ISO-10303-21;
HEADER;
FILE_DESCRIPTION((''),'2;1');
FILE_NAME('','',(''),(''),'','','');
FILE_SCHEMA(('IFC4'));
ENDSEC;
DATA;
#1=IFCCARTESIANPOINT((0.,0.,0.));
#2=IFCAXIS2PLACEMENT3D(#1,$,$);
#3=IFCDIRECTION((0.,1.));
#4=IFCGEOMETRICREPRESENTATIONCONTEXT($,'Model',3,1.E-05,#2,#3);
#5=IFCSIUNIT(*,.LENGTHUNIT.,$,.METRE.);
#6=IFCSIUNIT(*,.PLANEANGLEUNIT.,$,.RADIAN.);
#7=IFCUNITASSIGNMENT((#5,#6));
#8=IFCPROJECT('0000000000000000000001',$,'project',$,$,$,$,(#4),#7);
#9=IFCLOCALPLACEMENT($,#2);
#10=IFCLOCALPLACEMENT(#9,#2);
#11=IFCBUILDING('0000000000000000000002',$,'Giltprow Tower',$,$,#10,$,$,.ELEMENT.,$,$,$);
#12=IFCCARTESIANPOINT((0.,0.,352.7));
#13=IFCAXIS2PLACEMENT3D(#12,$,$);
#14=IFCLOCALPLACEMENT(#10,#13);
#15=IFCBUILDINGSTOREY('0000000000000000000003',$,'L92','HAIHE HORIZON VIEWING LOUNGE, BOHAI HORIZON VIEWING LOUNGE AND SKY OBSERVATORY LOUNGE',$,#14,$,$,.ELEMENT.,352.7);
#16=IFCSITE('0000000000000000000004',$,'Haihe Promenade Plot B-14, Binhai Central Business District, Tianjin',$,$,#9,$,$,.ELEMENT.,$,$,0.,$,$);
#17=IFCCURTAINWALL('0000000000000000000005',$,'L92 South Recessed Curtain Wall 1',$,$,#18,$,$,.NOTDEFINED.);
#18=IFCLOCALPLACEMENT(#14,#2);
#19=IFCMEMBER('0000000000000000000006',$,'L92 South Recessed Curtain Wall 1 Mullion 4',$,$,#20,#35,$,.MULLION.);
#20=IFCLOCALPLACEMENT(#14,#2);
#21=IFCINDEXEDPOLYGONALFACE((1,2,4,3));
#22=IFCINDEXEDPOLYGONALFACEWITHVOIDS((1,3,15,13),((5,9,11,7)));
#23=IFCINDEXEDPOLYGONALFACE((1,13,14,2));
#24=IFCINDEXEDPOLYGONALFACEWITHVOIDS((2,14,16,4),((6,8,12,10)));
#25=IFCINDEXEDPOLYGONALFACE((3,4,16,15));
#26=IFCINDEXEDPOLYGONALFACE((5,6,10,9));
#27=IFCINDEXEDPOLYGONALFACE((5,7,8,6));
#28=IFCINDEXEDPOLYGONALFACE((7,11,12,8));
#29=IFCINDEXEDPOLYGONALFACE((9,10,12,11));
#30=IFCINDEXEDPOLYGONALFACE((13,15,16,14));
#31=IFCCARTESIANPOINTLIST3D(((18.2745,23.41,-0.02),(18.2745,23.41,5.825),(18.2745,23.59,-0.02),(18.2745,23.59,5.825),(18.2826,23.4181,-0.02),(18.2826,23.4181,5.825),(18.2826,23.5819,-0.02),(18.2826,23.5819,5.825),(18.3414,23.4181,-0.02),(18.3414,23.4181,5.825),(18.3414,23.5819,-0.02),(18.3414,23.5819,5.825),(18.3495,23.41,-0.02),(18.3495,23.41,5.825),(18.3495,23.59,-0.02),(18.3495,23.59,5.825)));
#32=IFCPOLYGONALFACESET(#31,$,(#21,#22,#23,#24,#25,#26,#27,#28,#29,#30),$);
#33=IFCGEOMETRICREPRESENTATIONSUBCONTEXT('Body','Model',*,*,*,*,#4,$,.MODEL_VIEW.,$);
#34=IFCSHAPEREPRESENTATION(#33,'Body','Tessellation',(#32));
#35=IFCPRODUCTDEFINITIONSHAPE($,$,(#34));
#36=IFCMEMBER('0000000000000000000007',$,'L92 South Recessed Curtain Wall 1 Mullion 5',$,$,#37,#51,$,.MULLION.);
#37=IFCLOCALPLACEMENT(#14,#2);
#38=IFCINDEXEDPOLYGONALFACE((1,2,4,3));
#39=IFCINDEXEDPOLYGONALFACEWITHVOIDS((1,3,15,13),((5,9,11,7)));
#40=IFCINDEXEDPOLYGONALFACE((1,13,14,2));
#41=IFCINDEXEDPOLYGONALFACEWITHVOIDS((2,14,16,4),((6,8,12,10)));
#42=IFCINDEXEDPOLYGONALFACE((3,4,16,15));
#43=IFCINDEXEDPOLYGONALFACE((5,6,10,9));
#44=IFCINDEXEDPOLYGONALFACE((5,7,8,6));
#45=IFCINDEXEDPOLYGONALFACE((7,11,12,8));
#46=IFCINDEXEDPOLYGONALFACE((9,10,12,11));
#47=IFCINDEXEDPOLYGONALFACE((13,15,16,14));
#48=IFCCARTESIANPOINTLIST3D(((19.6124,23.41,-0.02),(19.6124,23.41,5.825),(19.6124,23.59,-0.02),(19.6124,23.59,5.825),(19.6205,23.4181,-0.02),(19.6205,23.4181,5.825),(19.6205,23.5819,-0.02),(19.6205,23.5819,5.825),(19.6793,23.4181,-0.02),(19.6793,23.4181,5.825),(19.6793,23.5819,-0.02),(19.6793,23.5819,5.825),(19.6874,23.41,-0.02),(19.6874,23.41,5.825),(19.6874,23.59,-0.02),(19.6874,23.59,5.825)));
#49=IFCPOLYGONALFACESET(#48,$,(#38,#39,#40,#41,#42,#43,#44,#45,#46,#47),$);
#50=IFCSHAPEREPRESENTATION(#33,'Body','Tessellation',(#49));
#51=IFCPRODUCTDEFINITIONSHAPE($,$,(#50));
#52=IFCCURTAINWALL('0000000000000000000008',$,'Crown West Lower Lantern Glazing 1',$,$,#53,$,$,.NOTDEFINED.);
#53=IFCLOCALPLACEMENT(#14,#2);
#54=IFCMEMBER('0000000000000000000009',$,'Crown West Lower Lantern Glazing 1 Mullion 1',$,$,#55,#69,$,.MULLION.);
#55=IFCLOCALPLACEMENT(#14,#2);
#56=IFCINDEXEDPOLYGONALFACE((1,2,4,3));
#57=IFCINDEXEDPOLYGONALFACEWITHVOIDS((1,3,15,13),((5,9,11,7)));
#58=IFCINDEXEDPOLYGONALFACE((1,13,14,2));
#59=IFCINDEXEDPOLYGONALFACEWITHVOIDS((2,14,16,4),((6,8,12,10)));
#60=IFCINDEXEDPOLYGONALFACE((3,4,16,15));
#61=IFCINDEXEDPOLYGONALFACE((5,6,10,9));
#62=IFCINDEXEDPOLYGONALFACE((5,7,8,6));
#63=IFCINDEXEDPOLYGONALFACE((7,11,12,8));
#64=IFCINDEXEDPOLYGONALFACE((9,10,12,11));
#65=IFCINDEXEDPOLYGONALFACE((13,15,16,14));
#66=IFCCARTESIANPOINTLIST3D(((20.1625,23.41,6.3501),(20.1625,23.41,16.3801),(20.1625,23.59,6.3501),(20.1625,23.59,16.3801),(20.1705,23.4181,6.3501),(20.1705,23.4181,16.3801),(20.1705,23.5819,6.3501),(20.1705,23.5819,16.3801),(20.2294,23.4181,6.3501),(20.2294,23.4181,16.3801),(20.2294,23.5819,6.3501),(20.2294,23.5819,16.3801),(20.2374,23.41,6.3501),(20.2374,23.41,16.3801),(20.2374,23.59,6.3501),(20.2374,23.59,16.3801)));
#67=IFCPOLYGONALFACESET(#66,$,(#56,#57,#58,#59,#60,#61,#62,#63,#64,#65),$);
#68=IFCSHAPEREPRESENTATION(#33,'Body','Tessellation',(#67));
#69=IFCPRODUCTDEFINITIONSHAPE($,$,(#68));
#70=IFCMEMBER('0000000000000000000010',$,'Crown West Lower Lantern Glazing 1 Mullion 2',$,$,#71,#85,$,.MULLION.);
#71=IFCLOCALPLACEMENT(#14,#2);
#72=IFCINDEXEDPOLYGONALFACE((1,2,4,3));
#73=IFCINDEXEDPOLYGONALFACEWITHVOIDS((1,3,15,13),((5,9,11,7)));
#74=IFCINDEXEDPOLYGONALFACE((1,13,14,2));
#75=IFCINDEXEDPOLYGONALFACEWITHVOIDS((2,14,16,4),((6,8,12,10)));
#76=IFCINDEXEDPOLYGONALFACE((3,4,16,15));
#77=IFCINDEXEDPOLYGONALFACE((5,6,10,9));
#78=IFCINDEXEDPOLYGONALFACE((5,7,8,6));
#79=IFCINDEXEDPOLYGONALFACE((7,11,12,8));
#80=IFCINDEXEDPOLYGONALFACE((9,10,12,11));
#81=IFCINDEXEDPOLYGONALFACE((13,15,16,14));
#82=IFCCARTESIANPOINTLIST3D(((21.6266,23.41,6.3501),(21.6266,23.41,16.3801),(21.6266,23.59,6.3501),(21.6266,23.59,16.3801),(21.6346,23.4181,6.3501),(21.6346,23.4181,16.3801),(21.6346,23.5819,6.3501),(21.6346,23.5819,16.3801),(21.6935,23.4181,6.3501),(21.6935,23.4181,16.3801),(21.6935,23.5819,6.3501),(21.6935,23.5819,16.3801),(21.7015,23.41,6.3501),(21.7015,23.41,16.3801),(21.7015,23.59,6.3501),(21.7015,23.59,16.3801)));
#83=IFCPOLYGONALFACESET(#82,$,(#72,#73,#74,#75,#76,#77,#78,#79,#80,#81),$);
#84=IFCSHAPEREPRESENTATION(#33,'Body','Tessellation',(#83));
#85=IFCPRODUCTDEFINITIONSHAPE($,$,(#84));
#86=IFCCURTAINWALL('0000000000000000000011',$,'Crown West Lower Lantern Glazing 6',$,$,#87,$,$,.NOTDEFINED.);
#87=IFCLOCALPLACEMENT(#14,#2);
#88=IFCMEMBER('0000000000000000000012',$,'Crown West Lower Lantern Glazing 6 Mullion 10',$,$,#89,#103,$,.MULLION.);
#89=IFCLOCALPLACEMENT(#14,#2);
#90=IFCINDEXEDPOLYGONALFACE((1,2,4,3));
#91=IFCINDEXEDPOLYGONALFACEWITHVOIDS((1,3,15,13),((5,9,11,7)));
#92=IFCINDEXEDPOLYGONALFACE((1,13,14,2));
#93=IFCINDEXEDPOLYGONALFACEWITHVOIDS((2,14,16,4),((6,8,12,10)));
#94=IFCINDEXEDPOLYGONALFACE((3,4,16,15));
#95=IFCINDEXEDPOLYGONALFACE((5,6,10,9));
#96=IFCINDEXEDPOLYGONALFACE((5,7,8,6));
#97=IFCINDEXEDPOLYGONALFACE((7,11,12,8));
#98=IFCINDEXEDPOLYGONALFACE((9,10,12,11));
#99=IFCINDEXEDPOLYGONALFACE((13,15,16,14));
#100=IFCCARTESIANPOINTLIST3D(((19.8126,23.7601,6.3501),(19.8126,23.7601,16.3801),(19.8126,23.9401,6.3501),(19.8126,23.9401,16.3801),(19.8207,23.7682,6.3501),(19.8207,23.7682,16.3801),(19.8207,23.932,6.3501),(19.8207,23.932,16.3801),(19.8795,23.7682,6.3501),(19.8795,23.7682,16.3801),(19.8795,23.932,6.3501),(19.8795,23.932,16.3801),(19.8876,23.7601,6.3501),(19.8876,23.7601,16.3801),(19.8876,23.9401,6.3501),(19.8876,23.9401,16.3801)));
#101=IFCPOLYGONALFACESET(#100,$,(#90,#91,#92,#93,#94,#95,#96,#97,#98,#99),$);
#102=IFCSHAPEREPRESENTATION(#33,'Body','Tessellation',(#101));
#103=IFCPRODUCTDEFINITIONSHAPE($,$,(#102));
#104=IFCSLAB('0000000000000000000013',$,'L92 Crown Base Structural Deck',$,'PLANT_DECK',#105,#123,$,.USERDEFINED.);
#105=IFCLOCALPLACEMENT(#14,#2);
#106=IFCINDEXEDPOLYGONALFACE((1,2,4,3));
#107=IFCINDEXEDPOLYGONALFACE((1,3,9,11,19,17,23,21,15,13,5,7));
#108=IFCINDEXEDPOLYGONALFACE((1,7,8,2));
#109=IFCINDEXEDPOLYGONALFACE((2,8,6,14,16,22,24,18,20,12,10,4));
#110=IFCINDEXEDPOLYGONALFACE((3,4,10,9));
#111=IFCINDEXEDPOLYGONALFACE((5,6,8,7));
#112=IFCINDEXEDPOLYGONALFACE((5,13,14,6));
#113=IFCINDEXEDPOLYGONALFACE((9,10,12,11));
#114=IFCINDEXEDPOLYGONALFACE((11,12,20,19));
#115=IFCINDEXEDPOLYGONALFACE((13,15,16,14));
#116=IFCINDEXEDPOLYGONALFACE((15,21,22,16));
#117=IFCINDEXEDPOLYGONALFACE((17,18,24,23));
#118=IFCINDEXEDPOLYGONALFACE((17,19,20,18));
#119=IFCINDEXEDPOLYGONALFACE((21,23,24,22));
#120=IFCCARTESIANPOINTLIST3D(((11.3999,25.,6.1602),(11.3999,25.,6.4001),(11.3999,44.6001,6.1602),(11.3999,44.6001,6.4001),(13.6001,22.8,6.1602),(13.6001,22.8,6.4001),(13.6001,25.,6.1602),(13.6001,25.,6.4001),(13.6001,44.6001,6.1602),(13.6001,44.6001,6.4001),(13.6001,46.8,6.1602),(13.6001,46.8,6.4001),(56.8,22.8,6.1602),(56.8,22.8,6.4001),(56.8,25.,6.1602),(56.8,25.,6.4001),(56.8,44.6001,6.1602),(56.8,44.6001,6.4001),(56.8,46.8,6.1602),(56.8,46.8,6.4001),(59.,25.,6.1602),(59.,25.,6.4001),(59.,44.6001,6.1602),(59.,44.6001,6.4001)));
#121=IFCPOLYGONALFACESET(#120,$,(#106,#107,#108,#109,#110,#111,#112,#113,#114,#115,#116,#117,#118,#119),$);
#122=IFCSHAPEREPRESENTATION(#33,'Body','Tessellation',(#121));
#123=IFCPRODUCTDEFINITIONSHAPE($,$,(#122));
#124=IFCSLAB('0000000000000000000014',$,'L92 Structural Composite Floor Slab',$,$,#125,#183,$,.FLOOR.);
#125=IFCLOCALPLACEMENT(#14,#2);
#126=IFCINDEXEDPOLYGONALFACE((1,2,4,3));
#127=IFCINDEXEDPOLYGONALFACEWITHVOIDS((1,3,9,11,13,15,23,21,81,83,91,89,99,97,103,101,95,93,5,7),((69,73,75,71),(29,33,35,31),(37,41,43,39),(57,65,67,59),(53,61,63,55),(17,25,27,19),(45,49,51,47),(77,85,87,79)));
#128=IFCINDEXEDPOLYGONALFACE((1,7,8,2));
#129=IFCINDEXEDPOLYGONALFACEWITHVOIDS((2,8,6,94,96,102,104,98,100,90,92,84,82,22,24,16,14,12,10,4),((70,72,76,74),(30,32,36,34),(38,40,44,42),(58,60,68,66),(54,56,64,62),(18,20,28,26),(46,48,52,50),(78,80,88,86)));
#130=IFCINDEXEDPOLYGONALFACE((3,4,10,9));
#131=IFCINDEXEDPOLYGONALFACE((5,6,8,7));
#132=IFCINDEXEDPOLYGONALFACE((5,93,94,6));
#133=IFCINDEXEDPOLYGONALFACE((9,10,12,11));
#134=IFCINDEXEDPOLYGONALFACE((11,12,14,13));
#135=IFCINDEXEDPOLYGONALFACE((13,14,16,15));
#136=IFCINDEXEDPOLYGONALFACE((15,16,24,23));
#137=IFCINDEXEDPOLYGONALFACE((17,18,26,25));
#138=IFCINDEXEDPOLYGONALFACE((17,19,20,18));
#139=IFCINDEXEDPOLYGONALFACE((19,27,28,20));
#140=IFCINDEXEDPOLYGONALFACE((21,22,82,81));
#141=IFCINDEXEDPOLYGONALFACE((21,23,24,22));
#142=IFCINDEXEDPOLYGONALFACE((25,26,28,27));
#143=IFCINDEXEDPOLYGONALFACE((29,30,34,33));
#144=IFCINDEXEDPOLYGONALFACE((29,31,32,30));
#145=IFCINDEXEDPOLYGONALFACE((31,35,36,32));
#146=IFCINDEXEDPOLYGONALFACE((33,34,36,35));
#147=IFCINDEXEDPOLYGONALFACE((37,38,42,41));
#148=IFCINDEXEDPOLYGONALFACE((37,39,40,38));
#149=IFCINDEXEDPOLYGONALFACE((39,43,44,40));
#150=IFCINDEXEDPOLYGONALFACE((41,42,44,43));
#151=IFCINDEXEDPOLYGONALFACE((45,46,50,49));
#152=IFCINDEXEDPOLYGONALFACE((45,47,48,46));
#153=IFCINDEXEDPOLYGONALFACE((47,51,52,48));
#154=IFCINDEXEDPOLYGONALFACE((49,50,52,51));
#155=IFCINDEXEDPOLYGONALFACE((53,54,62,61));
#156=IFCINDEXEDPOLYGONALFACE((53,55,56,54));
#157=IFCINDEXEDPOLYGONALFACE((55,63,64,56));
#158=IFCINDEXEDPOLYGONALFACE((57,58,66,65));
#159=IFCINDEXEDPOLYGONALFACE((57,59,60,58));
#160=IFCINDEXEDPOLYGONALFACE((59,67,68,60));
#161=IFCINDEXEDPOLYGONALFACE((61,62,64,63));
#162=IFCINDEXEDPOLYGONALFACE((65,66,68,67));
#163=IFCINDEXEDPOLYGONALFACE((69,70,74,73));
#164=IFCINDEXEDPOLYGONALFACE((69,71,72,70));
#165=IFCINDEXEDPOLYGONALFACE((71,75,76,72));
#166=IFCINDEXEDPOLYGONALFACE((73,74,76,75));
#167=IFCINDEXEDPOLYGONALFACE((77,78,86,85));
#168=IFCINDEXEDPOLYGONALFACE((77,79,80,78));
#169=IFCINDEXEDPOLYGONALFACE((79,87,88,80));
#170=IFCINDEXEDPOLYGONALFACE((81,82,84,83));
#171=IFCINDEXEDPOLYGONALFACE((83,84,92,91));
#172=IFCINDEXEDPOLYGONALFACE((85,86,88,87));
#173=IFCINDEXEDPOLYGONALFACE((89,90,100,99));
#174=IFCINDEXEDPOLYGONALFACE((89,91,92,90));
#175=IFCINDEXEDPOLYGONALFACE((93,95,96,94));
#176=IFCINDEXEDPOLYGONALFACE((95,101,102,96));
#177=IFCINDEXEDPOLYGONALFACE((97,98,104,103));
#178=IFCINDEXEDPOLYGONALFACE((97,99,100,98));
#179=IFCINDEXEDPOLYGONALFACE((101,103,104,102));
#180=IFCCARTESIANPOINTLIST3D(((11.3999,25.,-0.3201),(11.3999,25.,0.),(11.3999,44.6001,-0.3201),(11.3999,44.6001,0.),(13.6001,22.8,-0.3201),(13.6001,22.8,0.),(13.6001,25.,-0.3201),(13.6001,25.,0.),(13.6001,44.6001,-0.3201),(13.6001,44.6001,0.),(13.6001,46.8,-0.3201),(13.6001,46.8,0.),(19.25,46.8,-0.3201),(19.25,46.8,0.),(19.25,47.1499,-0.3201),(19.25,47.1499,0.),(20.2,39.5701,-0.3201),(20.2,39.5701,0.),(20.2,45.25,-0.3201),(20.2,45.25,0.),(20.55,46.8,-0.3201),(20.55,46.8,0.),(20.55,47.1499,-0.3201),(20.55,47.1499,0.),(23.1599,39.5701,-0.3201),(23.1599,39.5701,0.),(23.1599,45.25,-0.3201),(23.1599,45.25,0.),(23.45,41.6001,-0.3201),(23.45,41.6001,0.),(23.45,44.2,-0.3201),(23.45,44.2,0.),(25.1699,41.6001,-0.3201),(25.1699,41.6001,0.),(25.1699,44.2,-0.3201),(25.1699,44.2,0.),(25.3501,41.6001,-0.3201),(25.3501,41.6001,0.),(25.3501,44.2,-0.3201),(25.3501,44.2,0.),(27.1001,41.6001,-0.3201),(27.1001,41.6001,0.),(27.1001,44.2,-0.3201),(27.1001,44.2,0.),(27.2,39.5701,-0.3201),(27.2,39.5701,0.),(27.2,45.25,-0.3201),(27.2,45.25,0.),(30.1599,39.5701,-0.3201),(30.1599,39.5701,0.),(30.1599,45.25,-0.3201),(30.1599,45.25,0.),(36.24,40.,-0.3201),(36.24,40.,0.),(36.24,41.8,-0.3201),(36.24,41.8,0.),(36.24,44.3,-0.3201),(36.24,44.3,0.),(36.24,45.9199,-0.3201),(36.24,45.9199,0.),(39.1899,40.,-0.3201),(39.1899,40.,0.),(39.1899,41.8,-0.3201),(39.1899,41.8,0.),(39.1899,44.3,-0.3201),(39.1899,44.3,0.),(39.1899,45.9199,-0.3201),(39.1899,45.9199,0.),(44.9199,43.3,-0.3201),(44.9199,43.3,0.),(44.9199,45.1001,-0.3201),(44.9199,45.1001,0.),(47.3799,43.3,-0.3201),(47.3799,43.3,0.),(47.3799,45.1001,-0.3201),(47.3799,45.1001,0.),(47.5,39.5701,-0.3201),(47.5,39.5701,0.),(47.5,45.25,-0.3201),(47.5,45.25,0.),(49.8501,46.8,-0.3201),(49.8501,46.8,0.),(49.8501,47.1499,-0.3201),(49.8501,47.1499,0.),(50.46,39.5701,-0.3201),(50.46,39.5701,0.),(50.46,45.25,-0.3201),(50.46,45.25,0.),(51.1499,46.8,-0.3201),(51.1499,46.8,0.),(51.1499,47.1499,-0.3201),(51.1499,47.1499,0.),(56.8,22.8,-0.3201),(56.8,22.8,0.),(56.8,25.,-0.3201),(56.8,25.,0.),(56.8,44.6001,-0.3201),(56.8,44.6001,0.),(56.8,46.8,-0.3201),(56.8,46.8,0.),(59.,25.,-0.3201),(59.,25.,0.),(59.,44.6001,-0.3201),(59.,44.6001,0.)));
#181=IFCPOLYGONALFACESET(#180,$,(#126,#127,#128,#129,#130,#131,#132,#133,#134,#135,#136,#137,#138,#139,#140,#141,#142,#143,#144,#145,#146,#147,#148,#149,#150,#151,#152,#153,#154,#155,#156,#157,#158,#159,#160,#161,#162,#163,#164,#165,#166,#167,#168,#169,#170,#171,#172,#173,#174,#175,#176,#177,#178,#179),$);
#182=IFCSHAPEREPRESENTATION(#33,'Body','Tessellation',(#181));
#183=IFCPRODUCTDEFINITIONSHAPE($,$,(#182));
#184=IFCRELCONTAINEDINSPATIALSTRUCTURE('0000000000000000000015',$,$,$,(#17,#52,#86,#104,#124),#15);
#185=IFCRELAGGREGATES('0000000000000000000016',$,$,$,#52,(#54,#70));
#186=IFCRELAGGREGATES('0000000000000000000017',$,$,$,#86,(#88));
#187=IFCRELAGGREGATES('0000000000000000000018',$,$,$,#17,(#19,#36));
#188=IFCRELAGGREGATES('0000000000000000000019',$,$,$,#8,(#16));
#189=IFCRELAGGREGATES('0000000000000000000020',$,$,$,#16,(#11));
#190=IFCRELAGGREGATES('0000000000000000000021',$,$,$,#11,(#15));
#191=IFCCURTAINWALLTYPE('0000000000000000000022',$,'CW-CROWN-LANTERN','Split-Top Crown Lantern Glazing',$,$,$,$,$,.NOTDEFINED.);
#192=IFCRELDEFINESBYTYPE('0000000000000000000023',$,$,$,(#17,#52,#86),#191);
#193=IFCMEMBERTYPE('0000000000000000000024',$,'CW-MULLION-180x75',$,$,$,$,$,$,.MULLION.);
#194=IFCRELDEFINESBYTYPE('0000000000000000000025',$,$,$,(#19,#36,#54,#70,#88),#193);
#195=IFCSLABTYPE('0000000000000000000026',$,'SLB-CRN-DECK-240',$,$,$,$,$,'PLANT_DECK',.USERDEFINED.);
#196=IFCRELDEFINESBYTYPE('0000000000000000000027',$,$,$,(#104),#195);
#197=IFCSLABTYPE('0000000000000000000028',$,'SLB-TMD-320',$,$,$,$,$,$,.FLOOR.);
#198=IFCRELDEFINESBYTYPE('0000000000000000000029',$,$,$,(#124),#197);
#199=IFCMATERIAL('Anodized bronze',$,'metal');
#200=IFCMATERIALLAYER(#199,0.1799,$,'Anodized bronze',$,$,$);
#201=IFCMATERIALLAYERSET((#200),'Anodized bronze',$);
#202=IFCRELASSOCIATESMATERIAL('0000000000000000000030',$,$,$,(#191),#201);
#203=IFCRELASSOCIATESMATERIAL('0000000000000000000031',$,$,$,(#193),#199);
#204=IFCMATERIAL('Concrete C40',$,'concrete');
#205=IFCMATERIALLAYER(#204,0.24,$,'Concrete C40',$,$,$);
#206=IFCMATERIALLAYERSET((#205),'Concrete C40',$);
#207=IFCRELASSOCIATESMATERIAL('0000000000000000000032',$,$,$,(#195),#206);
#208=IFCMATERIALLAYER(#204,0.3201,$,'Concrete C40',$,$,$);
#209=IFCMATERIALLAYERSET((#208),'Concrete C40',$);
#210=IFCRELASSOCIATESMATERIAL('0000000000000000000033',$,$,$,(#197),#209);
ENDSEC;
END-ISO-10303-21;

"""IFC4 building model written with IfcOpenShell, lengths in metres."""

from ifc_helpers import new_model, si_unit, direction, frame, origin, origin_2d, place, context, subcontext, project, spatial, polyline, hollow_rectangle, outline, extrude, source, transform, mapped, material, layer, layer_set, material_profile, profile_set, type_object, element, aggregate, save


model = new_model("IFC4")

# Units and contexts
model_context = context("Model", 3, precision=1e-05, world=origin(), true_north=direction((0.0, 1.0)))
body_context = subcontext(model_context, "Body", "Model", "MODEL_VIEW")
ifc_project = project(units=[si_unit("LENGTHUNIT", "METRE"), si_unit("PLANEANGLEUNIT", "RADIAN")], contexts=[model_context])

# Site, building, storey
site_placement = place(None, origin())
site = spatial("IfcSite", under=ifc_project, at=site_placement, Name="Haihe Promenade Plot B-14, Binhai Central Business District, Tianjin", CompositionType="ELEMENT", RefElevation=0.0)
building_placement = place(site_placement, origin())
building = spatial("IfcBuilding", under=site, at=building_placement, Name="Giltprow Tower", CompositionType="ELEMENT")
storey_placement = place(building_placement, frame((0.0, 0.0, 352.7)))
storey = spatial("IfcBuildingStorey", under=building, at=storey_placement, Name="L92", Description="HAIHE HORIZON VIEWING LOUNGE, BOHAI HORIZON VIEWING LOUNGE AND SKY OBSERVATORY LOUNGE", CompositionType="ELEMENT", Elevation=352.7)

# Curtain walls, members
ifc_material_1 = material(Name="Anodized bronze", Category="metal")
ifc_layer_1 = layer(ifc_material_1, 0.1799, Name="Anodized bronze")
ifc_layer_set_1 = layer_set([ifc_layer_1], Name="Anodized bronze")
curtain_wall_type = type_object("IfcCurtainWallType", Name="CW-CROWN-LANTERN", Description="Split-Top Crown Lantern Glazing", PredefinedType="NOTDEFINED", material=ifc_layer_set_1)
curtain_wall_1_placement = place(storey_placement, origin())
curtain_wall_1 = element("IfcCurtainWall", 1, at=curtain_wall_1_placement, inside=storey, type_object=curtain_wall_type, Name="L92 South Recessed Curtain Wall 1", PredefinedType="NOTDEFINED")
ifc_material_profile_1 = material_profile(ifc_material_1, hollow_rectangle(XDim=0.075, YDim=0.1799, WallThickness=0.0081, at=origin_2d()), Name="RHS 180x75x8")
ifc_profile_set_1 = profile_set([ifc_material_profile_1], Name="Anodized bronze")
member_type_1 = type_object("IfcMemberType", Name="CW-MULLION-180x75", PredefinedType="MULLION", material=ifc_profile_set_1)
shared_shape_1 = source(origin(), body_context, "Body", "SweptSolid", [
    extrude(hollow_rectangle(XDim=0.075, YDim=0.1799, WallThickness=0.0081, at=origin_2d()), origin(), (0.0, 0.0, 1.0), 5.845),
])
member_1_placement = place(storey_placement, frame((18.312, 23.5, -0.02), z_axis=(0.0, 0.0, 1.0), x_axis=(1.0, 0.0, 0.0)))
member_1 = element("IfcMember", 2, at=member_1_placement, type_object=member_type_1, Name="L92 South Recessed Curtain Wall 1 Mullion 4", PredefinedType="MULLION", context=body_context, shape_type="MappedRepresentation", body=[
    mapped(shared_shape_1, transform((0.0, 0.0, 0.0), x_axis=(1.0, 0.0, 0.0), y_axis=(0.0, 1.0, 0.0), z_axis=(0.0, 0.0, 1.0), scale=1.0)),
])
member_2_placement = place(storey_placement, frame((19.6499, 23.5, -0.02), z_axis=(0.0, 0.0, 1.0), x_axis=(1.0, 0.0, 0.0)))
member_2 = element("IfcMember", 3, at=member_2_placement, type_object=member_type_1, Name="L92 South Recessed Curtain Wall 1 Mullion 5", PredefinedType="MULLION", context=body_context, shape_type="MappedRepresentation", body=[
    mapped(shared_shape_1, transform((0.0, 0.0, 0.0), x_axis=(1.0, 0.0, 0.0), y_axis=(0.0, 1.0, 0.0), z_axis=(0.0, 0.0, 1.0), scale=1.0)),
])
curtain_wall_2_placement = place(storey_placement, origin())
curtain_wall_2 = element("IfcCurtainWall", 4, at=curtain_wall_2_placement, inside=storey, type_object=curtain_wall_type, Name="Crown West Lower Lantern Glazing 1", PredefinedType="NOTDEFINED")
shared_shape_2 = source(origin(), body_context, "Body", "SweptSolid", [
    extrude(hollow_rectangle(XDim=0.075, YDim=0.1799, WallThickness=0.0081, at=origin_2d()), origin(), (0.0, 0.0, 1.0), 10.03),
])
member_3_placement = place(storey_placement, frame((20.2, 23.5, 6.3501), z_axis=(0.0, 0.0, 1.0), x_axis=(1.0, 0.0, 0.0)))
member_3 = element("IfcMember", 5, at=member_3_placement, type_object=member_type_1, Name="Crown West Lower Lantern Glazing 1 Mullion 1", PredefinedType="MULLION", context=body_context, shape_type="MappedRepresentation", body=[
    mapped(shared_shape_2, transform((0.0, 0.0, 0.0), x_axis=(1.0, 0.0, 0.0), y_axis=(0.0, 1.0, 0.0), z_axis=(0.0, 0.0, 1.0), scale=1.0)),
])
member_4_placement = place(storey_placement, frame((21.6641, 23.5, 6.3501), z_axis=(0.0, 0.0, 1.0), x_axis=(1.0, 0.0, 0.0)))
member_4 = element("IfcMember", 6, at=member_4_placement, type_object=member_type_1, Name="Crown West Lower Lantern Glazing 1 Mullion 2", PredefinedType="MULLION", context=body_context, shape_type="MappedRepresentation", body=[
    mapped(shared_shape_2, transform((0.0, 0.0, 0.0), x_axis=(1.0, 0.0, 0.0), y_axis=(0.0, 1.0, 0.0), z_axis=(0.0, 0.0, 1.0), scale=1.0)),
])
aggregate(curtain_wall_2, [member_3, member_4])

# Curtain wall, member
curtain_wall_3_placement = place(storey_placement, origin())
curtain_wall_3 = element("IfcCurtainWall", 7, at=curtain_wall_3_placement, inside=storey, type_object=curtain_wall_type, Name="Crown West Lower Lantern Glazing 6", PredefinedType="NOTDEFINED")
member_5_placement = place(storey_placement, frame((19.8501, 23.8501, 6.3501), z_axis=(0.0, 0.0, 1.0), x_axis=(1.0, 0.0, 0.0)))
member_5 = element("IfcMember", 8, at=member_5_placement, type_object=member_type_1, Name="Crown West Lower Lantern Glazing 6 Mullion 10", PredefinedType="MULLION", context=body_context, shape_type="MappedRepresentation", body=[
    mapped(shared_shape_2, transform((0.0, 0.0, 0.0), x_axis=(1.0, 0.0, 0.0), y_axis=(0.0, 1.0, 0.0), z_axis=(0.0, 0.0, 1.0), scale=1.0)),
])
aggregate(curtain_wall_3, [member_5])

# Slabs
ifc_material_2 = material(Name="Concrete C40", Category="concrete")
ifc_layer_2 = layer(ifc_material_2, 0.24, Name="Concrete C40")
ifc_layer_set_2 = layer_set([ifc_layer_2], Name="Concrete C40")
slab_type_1 = type_object("IfcSlabType", Name="SLB-CRN-DECK-240", ElementType="PLANT_DECK", PredefinedType="USERDEFINED", material=ifc_layer_set_2)
slab_1_placement = place(storey_placement, frame((0.0, 0.0, 6.1602)))
element("IfcSlab", 9, at=slab_1_placement, inside=storey, type_object=slab_type_1, Name="L92 Crown Base Structural Deck", ObjectType="PLANT_DECK", PredefinedType="USERDEFINED", context=body_context, shape_type="SweptSolid", body=[
    extrude(outline(polyline([(13.6001, 22.8), (56.8, 22.8), (56.8, 25.0), (59.0, 25.0), (59.0, 44.6001), (56.8, 44.6001), (56.8, 46.8), (13.6001, 46.8), (13.6001, 44.6001), (11.3999, 44.6001), (11.3999, 25.0), (13.6001, 25.0), (13.6001, 22.8)])), origin(), (0.0, 0.0, 1.0), 0.24),
])
ifc_layer_3 = layer(ifc_material_2, 0.3201, Name="Concrete C40")
ifc_layer_set_3 = layer_set([ifc_layer_3], Name="Concrete C40")
slab_type_2 = type_object("IfcSlabType", Name="SLB-TMD-320", PredefinedType="FLOOR", material=ifc_layer_set_3)
slab_2_placement = place(storey_placement, frame((0.0, 0.0, -0.3201)))
element("IfcSlab", 10, at=slab_2_placement, inside=storey, type_object=slab_type_2, Name="L92 Structural Composite Floor Slab", PredefinedType="FLOOR", context=body_context, shape_type="SweptSolid", body=[
    extrude(outline(polyline([(59.0, 44.6001), (59.0, 25.0), (56.8, 25.0), (56.8, 22.8), (13.6001, 22.8), (13.6001, 25.0), (11.3999, 25.0), (11.3999, 44.6001), (13.6001, 44.6001), (13.6001, 46.8), (19.25, 46.8), (19.25, 47.1499), (20.55, 47.1499), (20.55, 46.8), (49.8501, 46.8), (49.8501, 47.1499), (51.1499, 47.1499), (51.1499, 46.8), (56.8, 46.8), (56.8, 44.6001), (59.0, 44.6001)]), holes=[polyline([(39.1899, 41.8), (36.24, 41.8), (36.24, 40.0), (39.1899, 40.0), (39.1899, 41.8)]), polyline([(23.1599, 45.25), (20.2, 45.25), (20.2, 39.5701), (23.1599, 39.5701), (23.1599, 45.25)]), polyline([(30.1599, 45.25), (27.2, 45.25), (27.2, 39.5701), (30.1599, 39.5701), (30.1599, 45.25)]), polyline([(50.46, 45.25), (47.5, 45.25), (47.5, 39.5701), (50.46, 39.5701), (50.46, 45.25)]), polyline([(25.1699, 44.2), (23.45, 44.2), (23.45, 41.6001), (25.1699, 41.6001), (25.1699, 44.2)]), polyline([(27.1001, 44.2), (25.3501, 44.2), (25.3501, 41.6001), (27.1001, 41.6001), (27.1001, 44.2)]), polyline([(47.3799, 45.1001), (44.9199, 45.1001), (44.9199, 43.3), (47.3799, 43.3), (47.3799, 45.1001)]), polyline([(39.1899, 45.9199), (36.24, 45.9199), (36.24, 44.3), (39.1899, 44.3), (39.1899, 45.9199)])]), origin(), (0.0, 0.0, 1.0), 0.3201),
])

aggregate(curtain_wall_1, [member_1, member_2])

save(model, "model.ifc")
